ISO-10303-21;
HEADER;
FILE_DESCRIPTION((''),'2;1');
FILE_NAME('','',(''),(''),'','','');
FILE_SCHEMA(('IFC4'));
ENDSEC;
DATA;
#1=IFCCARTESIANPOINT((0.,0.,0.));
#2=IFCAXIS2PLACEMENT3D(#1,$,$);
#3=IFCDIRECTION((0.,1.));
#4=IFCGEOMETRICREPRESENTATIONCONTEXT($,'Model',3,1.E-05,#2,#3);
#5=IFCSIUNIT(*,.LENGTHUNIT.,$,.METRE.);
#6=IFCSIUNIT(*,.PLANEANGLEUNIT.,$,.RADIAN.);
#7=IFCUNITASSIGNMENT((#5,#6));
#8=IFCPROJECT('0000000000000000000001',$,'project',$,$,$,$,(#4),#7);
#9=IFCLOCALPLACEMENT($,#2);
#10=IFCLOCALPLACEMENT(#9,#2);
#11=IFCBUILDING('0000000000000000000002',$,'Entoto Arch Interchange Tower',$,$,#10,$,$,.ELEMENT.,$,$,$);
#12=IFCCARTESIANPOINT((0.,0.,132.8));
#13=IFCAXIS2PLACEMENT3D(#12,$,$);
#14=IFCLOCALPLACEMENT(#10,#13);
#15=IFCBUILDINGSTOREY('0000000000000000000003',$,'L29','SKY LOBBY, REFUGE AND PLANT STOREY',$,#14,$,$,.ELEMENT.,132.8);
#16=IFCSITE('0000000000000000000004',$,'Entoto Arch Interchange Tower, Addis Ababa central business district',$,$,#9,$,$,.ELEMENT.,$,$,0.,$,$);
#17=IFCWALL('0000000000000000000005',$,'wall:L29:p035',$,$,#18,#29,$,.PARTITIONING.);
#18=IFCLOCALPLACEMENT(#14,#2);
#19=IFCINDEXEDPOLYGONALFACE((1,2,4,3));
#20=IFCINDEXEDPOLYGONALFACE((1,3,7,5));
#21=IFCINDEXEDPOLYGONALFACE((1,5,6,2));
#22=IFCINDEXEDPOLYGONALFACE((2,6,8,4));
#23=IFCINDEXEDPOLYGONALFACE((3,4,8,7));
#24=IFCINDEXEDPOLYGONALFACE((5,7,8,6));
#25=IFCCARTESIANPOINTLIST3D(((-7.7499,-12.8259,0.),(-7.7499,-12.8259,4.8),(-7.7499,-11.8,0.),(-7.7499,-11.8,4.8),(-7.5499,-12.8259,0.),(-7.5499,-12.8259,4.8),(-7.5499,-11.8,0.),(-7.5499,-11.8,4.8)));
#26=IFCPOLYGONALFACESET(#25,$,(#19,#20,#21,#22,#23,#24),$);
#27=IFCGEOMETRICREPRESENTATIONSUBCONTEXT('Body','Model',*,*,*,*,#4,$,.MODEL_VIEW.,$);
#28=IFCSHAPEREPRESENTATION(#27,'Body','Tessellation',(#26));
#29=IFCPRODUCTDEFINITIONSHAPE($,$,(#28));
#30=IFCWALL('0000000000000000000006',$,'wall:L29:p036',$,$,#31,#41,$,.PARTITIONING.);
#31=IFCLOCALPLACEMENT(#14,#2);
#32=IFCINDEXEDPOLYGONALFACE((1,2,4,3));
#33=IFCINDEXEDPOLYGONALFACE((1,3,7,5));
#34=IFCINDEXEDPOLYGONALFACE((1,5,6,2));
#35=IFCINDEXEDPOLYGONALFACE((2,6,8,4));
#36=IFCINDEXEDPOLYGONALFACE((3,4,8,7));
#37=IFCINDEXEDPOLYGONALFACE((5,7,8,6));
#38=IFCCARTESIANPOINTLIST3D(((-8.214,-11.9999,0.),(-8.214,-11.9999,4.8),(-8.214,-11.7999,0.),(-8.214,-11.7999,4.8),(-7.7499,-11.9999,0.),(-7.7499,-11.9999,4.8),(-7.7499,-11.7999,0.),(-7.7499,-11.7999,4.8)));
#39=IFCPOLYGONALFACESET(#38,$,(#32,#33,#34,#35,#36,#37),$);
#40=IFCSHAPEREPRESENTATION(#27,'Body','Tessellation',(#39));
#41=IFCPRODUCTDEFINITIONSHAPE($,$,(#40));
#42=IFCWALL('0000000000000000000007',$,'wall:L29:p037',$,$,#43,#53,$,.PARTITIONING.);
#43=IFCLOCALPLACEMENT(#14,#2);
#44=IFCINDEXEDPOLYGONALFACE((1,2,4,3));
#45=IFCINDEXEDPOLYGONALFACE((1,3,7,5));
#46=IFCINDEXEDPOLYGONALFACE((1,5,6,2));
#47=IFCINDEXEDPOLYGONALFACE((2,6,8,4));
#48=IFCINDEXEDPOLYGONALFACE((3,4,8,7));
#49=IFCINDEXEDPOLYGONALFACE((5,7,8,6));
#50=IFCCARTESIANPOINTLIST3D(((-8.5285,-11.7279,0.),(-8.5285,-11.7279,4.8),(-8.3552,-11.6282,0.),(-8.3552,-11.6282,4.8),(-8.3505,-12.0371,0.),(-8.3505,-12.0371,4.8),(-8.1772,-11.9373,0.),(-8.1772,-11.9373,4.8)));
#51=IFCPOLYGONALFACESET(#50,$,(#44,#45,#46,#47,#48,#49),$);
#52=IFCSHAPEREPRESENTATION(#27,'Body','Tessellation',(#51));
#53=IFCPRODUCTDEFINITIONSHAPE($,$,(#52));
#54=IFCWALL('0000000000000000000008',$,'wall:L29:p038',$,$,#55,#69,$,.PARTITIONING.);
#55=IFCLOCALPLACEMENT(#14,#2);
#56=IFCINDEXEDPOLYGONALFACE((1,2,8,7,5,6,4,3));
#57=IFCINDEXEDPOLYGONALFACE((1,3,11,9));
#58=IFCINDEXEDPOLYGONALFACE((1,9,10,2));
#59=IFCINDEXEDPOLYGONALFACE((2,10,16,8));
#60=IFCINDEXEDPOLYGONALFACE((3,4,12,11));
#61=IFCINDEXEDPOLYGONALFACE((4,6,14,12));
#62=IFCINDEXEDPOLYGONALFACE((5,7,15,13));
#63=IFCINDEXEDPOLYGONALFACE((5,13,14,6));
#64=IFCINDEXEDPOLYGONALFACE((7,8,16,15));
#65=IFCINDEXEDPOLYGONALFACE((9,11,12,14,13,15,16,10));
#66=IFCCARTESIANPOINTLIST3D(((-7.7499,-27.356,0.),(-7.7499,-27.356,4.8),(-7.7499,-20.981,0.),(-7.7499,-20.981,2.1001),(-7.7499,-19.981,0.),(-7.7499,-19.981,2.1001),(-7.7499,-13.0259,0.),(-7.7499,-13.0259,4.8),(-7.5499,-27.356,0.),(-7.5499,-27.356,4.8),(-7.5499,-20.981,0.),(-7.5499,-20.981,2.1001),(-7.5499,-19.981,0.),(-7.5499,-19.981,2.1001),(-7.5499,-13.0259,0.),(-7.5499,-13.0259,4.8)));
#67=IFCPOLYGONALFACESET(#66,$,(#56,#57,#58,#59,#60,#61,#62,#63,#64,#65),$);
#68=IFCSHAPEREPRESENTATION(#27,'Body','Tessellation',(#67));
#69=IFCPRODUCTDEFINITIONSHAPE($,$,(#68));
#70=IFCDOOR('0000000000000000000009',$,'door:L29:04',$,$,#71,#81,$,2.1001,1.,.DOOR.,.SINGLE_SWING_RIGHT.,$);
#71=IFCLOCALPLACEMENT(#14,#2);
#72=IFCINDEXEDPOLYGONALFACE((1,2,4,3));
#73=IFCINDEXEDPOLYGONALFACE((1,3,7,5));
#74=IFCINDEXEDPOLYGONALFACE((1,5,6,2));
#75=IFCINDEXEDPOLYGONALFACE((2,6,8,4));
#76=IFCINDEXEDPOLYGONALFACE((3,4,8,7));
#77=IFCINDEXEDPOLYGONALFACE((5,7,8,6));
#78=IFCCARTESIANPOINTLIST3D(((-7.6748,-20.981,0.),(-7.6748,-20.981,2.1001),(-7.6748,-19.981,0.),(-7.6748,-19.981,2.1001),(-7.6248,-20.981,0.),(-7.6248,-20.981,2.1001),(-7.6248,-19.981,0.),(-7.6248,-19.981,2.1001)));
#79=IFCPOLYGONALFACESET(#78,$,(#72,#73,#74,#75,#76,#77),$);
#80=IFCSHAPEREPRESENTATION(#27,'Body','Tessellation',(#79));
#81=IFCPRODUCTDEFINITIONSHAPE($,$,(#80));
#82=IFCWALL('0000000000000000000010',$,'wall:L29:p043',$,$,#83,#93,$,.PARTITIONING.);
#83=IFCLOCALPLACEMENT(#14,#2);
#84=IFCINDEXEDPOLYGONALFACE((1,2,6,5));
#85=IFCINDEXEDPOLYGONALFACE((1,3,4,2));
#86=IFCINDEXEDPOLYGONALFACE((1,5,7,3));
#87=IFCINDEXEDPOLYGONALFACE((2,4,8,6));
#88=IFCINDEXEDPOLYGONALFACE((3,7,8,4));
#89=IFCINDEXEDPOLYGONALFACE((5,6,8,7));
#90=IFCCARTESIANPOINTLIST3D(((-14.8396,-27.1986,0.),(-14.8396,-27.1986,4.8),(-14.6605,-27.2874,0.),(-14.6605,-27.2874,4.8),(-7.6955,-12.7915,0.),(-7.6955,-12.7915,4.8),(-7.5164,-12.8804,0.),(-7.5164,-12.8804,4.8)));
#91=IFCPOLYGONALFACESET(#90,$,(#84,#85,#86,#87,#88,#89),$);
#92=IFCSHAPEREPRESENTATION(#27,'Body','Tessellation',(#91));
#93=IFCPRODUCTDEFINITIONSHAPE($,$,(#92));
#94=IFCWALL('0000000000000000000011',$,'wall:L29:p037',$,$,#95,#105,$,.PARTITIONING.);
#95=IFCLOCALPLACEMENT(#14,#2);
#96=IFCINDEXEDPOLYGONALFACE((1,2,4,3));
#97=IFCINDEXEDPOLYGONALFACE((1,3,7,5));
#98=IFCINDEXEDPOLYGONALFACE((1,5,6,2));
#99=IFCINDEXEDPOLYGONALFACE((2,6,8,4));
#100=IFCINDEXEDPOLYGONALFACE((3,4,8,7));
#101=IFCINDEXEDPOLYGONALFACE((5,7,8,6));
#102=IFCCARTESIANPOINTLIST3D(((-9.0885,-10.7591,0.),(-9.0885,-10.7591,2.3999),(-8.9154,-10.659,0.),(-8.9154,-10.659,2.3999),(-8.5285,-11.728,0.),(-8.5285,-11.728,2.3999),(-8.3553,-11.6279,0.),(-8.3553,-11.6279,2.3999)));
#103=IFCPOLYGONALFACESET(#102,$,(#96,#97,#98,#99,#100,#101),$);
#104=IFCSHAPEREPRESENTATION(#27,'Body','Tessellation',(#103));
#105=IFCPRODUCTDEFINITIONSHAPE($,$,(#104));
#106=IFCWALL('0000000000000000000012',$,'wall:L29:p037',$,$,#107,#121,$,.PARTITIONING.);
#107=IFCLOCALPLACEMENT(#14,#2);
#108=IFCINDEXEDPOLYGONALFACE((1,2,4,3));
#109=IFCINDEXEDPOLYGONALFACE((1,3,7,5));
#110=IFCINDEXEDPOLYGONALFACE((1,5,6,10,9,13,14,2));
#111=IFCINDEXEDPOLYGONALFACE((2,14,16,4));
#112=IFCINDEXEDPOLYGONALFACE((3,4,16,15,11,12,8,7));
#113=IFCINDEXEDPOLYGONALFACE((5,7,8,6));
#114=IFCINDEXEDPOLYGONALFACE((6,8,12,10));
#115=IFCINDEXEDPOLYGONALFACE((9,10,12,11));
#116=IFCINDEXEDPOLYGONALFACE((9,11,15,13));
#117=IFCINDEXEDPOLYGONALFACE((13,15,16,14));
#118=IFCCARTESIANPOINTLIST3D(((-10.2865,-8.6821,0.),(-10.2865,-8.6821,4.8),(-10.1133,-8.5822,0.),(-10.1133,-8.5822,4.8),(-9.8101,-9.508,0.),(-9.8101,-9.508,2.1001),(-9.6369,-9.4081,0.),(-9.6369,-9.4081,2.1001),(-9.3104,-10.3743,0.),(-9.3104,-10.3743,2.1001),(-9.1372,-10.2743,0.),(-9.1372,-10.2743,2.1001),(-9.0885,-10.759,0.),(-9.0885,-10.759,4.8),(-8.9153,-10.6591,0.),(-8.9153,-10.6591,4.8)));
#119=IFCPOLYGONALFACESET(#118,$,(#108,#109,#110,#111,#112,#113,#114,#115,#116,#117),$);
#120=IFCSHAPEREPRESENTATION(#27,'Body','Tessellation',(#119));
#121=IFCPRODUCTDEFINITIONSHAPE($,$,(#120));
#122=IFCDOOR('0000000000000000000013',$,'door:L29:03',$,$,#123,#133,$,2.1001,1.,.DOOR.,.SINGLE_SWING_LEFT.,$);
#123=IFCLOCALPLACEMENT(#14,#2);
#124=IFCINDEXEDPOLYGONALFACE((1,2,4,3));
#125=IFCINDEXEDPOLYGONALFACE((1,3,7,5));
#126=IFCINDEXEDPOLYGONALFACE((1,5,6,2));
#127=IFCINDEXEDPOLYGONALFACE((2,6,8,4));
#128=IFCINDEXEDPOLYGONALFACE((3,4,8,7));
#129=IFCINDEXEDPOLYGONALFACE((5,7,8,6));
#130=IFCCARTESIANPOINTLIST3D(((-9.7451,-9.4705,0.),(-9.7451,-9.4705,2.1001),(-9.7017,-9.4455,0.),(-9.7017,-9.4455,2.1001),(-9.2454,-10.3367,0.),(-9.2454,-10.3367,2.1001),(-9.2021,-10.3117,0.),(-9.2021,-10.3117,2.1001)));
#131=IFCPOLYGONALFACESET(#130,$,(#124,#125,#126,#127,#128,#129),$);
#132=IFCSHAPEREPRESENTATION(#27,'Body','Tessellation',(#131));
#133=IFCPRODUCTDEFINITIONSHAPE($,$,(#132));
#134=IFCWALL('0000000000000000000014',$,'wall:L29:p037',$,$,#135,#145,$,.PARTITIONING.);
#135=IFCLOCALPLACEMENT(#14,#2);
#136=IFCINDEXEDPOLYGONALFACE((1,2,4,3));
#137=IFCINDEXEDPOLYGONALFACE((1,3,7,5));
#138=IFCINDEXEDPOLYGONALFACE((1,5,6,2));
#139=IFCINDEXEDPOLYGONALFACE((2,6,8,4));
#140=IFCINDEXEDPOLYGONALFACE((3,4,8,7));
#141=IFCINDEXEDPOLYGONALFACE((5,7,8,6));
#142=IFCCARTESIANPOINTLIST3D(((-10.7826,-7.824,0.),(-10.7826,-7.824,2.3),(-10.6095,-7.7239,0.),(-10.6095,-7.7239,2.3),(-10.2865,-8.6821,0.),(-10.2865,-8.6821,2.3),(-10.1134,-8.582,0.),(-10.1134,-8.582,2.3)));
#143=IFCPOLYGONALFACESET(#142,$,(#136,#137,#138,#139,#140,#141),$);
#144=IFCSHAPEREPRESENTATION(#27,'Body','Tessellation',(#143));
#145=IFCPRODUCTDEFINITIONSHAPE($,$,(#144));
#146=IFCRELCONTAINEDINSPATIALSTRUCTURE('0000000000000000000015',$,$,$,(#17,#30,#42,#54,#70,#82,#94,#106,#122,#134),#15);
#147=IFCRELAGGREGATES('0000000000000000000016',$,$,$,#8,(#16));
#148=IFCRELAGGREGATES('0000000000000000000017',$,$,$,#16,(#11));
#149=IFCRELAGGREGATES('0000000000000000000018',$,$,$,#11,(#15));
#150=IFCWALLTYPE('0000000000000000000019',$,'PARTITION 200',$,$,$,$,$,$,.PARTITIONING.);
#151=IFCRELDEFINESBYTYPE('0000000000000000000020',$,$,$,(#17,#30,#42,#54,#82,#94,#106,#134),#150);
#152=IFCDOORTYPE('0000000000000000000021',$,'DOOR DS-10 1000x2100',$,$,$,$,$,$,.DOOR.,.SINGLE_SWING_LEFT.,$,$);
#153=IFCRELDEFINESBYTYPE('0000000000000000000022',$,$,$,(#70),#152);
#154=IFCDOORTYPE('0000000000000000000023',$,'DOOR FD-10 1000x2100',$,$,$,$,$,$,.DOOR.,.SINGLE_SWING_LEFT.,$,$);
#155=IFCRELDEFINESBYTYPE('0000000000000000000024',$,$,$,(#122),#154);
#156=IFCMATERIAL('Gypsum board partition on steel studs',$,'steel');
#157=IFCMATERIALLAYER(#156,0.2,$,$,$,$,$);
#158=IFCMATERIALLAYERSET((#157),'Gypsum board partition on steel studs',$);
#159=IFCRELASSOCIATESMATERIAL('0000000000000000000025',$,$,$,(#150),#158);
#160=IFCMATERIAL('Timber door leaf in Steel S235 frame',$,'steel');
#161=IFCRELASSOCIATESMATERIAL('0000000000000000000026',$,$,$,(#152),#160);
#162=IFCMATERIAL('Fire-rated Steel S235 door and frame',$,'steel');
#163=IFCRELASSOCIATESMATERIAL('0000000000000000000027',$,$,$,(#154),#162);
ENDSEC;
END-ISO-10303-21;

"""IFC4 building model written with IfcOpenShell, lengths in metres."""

from ifc_helpers import new_model, si_unit, direction, frame, frame_2d, origin, place, context, subcontext, project, spatial, rectangle, extrude, material, layer, layer_set, type_object, element, fill, save


model = new_model("IFC4")

# Units and contexts
model_context = context("Model", 3, precision=1e-05, world=origin(), true_north=direction((0.0, 1.0)))
body_context = subcontext(model_context, "Body", "Model", "MODEL_VIEW")
ifc_project = project(units=[si_unit("LENGTHUNIT", "METRE"), si_unit("PLANEANGLEUNIT", "RADIAN")], contexts=[model_context])

# Site, building, storey
site_placement = place(None, origin())
site = spatial("IfcSite", under=ifc_project, at=site_placement, Name="Entoto Arch Interchange Tower, Addis Ababa central business district", CompositionType="ELEMENT", RefElevation=0.0)
building_placement = place(site_placement, origin())
building = spatial("IfcBuilding", under=site, at=building_placement, Name="Entoto Arch Interchange Tower", CompositionType="ELEMENT")
storey_placement = place(building_placement, frame((0.0, 0.0, 132.8)))
storey = spatial("IfcBuildingStorey", under=building, at=storey_placement, Name="L29", Description="SKY LOBBY, REFUGE AND PLANT STOREY", CompositionType="ELEMENT", Elevation=132.8)

# Walls
ifc_material_1 = material(Name="Gypsum board partition on steel studs", Category="steel")
ifc_layer_1 = layer(ifc_material_1, 0.2)
ifc_layer_set_1 = layer_set([ifc_layer_1], Name="Gypsum board partition on steel studs")
wall_type = type_object("IfcWallType", Name="PARTITION 200", PredefinedType="PARTITIONING", material=ifc_layer_set_1)
wall_1_placement = place(storey_placement, frame((-7.6499, -12.8259, 0.0), z_axis=(0.0, 0.0, 1.0), x_axis=(0.0, 1.0, 0.0)))
element("IfcWall", 1, at=wall_1_placement, inside=storey, type_object=wall_type, Name="wall:L29:p035", PredefinedType="PARTITIONING", context=body_context, shape_type="SweptSolid", body=[
    extrude(rectangle(XDim=1.0259, YDim=0.2, at=frame_2d((0.5129, 0.0))), origin(), (0.0, 0.0, 1.0), 4.8),
])
wall_2_placement = place(storey_placement, frame((-7.75, -11.8999, 0.0), z_axis=(0.0, 0.0, 1.0), x_axis=(-1.0, 0.0, 0.0)))
element("IfcWall", 2, at=wall_2_placement, inside=storey, type_object=wall_type, Name="wall:L29:p036", PredefinedType="PARTITIONING", context=body_context, shape_type="SweptSolid", body=[
    extrude(rectangle(XDim=0.4641, YDim=0.2, at=frame_2d((0.2319, 0.0))), origin(), (0.0, 0.0, 1.0), 4.8),
])
wall_3_placement = place(storey_placement, frame((-8.2639, -11.9871, 0.0), z_axis=(0.0, 0.0, 1.0), x_axis=(-0.499011, 0.866596, 0.0)))
element("IfcWall", 3, at=wall_3_placement, inside=storey, type_object=wall_type, Name="wall:L29:p037", PredefinedType="PARTITIONING", context=body_context, shape_type="SweptSolid", body=[
    extrude(rectangle(XDim=0.3567, YDim=0.2, at=frame_2d((0.1782, 0.0))), origin(), (0.0, 0.0, 1.0), 4.8),
])

# Wall, opening, door
wall_4_placement = place(storey_placement, frame((-7.6499, -27.356, 0.0), z_axis=(0.0, 0.0, 1.0), x_axis=(0.0, 1.0, 0.0)))
wall_4 = element("IfcWall", 4, at=wall_4_placement, inside=storey, type_object=wall_type, Name="wall:L29:p038", PredefinedType="PARTITIONING", context=body_context, shape_type="SweptSolid", body=[
    extrude(rectangle(XDim=14.3301, YDim=0.2, at=frame_2d((7.165, 0.0))), origin(), (0.0, 0.0, 1.0), 4.8),
])
opening_1_placement = place(wall_4_placement, frame((6.375, 0.0, 0.0)))
opening_1 = element("IfcOpeningElement", 5, at=opening_1_placement, cuts=wall_4, PredefinedType="OPENING", context=body_context, shape_type="SweptSolid", body=[
    extrude(rectangle(XDim=1.0, YDim=2.1001, at=frame_2d((0.5, 1.05))), frame((0.0, 0.1099, 0.0), z_axis=(0.0, -1.0, 0.0), x_axis=(1.0, 0.0, 0.0)), (0.0, 0.0, 1.0), 0.22),
])
ifc_material_2 = material(Name="Timber door leaf in Steel S235 frame", Category="steel")
door_type_1 = type_object("IfcDoorType", Name="DOOR DS-10 1000x2100", OperationType="SINGLE_SWING_LEFT", PredefinedType="DOOR", material=ifc_material_2)
door_1_placement = place(opening_1_placement, origin())
door_1 = element("IfcDoor", 6, at=door_1_placement, inside=storey, type_object=door_type_1, Name="door:L29:04", OperationType="SINGLE_SWING_RIGHT", OverallHeight=2.1001, OverallWidth=1.0, PredefinedType="DOOR", context=body_context, shape_type="SweptSolid", body=[
    extrude(rectangle(XDim=1.0, YDim=2.1001, at=frame_2d((0.5, 1.05))), frame((0.0, 0.0249, 0.0), z_axis=(0.0, -1.0, 0.0), x_axis=(1.0, 0.0, 0.0)), (0.0, 0.0, 1.0), 0.05),
])
fill(opening_1, door_1)

# Walls
wall_5_placement = place(storey_placement, frame((-7.606, -12.8359, 0.0), z_axis=(0.0, 0.0, 1.0), x_axis=(-0.444254, -0.895901, 0.0)))
element("IfcWall", 7, at=wall_5_placement, inside=storey, type_object=wall_type, Name="wall:L29:p043", PredefinedType="PARTITIONING", context=body_context, shape_type="SweptSolid", body=[
    extrude(rectangle(XDim=16.0811, YDim=0.2, at=frame_2d((8.0405, 0.0))), origin(), (0.0, 0.0, 1.0), 4.8),
])
wall_6_placement = place(storey_placement, frame((-8.4419, -11.678, 0.0), z_axis=(0.0, 0.0, 1.0), x_axis=(-0.500408, 0.865789, 0.0)))
element("IfcWall", 8, at=wall_6_placement, inside=storey, type_object=wall_type, Name="wall:L29:p037", PredefinedType="PARTITIONING", context=body_context, shape_type="SweptSolid", body=[
    extrude(rectangle(XDim=1.1191, YDim=0.2, at=frame_2d((0.5596, 0.0))), origin(), (0.0, 0.0, 1.0), 2.3999),
])

# Wall, opening, door
wall_7_placement = place(storey_placement, frame((-9.002, -10.709, 0.0), z_axis=(0.0, 0.0, 1.0), x_axis=(-0.499655, 0.866225, 0.0)))
wall_7 = element("IfcWall", 9, at=wall_7_placement, inside=storey, type_object=wall_type, Name="wall:L29:p037", PredefinedType="PARTITIONING", context=body_context, shape_type="SweptSolid", body=[
    extrude(rectangle(XDim=2.3977, YDim=0.2, at=frame_2d((1.1987, 0.0))), origin(), (0.0, 0.0, 1.0), 4.8),
])
opening_2_placement = place(wall_7_placement, frame((0.4441, 0.0, 0.0)))
opening_2 = element("IfcOpeningElement", 10, at=opening_2_placement, cuts=wall_7, PredefinedType="OPENING", context=body_context, shape_type="SweptSolid", body=[
    extrude(rectangle(XDim=1.0, YDim=2.1001, at=frame_2d((0.5, 1.05))), frame((0.0, 0.1099, 0.0), z_axis=(0.0, -1.0, 0.0), x_axis=(1.0, 0.0, 0.0)), (0.0, 0.0, 1.0), 0.22),
])
ifc_material_3 = material(Name="Fire-rated Steel S235 door and frame", Category="steel")
door_type_2 = type_object("IfcDoorType", Name="DOOR FD-10 1000x2100", OperationType="SINGLE_SWING_LEFT", PredefinedType="DOOR", material=ifc_material_3)
door_2_placement = place(opening_2_placement, origin())
door_2 = element("IfcDoor", 11, at=door_2_placement, inside=storey, type_object=door_type_2, Name="door:L29:03", OperationType="SINGLE_SWING_LEFT", OverallHeight=2.1001, OverallWidth=1.0, PredefinedType="DOOR", context=body_context, shape_type="SweptSolid", body=[
    extrude(rectangle(XDim=1.0, YDim=2.1001, at=frame_2d((0.5, 1.05))), frame((0.0, 0.0249, 0.0), z_axis=(0.0, -1.0, 0.0), x_axis=(1.0, 0.0, 0.0)), (0.0, 0.0, 1.0), 0.05),
])
fill(opening_2, door_2)

# Wall
wall_8_placement = place(storey_placement, frame((-10.2, -8.6321, 0.0), z_axis=(0.0, 0.0, 1.0), x_axis=(-0.500483, 0.865747, 0.0)))
element("IfcWall", 12, at=wall_8_placement, inside=storey, type_object=wall_type, Name="wall:L29:p037", PredefinedType="PARTITIONING", context=body_context, shape_type="SweptSolid", body=[
    extrude(rectangle(XDim=0.9912, YDim=0.2, at=frame_2d((0.4956, 0.0))), origin(), (0.0, 0.0, 1.0), 2.3),
])

save(model, "model.ifc")
